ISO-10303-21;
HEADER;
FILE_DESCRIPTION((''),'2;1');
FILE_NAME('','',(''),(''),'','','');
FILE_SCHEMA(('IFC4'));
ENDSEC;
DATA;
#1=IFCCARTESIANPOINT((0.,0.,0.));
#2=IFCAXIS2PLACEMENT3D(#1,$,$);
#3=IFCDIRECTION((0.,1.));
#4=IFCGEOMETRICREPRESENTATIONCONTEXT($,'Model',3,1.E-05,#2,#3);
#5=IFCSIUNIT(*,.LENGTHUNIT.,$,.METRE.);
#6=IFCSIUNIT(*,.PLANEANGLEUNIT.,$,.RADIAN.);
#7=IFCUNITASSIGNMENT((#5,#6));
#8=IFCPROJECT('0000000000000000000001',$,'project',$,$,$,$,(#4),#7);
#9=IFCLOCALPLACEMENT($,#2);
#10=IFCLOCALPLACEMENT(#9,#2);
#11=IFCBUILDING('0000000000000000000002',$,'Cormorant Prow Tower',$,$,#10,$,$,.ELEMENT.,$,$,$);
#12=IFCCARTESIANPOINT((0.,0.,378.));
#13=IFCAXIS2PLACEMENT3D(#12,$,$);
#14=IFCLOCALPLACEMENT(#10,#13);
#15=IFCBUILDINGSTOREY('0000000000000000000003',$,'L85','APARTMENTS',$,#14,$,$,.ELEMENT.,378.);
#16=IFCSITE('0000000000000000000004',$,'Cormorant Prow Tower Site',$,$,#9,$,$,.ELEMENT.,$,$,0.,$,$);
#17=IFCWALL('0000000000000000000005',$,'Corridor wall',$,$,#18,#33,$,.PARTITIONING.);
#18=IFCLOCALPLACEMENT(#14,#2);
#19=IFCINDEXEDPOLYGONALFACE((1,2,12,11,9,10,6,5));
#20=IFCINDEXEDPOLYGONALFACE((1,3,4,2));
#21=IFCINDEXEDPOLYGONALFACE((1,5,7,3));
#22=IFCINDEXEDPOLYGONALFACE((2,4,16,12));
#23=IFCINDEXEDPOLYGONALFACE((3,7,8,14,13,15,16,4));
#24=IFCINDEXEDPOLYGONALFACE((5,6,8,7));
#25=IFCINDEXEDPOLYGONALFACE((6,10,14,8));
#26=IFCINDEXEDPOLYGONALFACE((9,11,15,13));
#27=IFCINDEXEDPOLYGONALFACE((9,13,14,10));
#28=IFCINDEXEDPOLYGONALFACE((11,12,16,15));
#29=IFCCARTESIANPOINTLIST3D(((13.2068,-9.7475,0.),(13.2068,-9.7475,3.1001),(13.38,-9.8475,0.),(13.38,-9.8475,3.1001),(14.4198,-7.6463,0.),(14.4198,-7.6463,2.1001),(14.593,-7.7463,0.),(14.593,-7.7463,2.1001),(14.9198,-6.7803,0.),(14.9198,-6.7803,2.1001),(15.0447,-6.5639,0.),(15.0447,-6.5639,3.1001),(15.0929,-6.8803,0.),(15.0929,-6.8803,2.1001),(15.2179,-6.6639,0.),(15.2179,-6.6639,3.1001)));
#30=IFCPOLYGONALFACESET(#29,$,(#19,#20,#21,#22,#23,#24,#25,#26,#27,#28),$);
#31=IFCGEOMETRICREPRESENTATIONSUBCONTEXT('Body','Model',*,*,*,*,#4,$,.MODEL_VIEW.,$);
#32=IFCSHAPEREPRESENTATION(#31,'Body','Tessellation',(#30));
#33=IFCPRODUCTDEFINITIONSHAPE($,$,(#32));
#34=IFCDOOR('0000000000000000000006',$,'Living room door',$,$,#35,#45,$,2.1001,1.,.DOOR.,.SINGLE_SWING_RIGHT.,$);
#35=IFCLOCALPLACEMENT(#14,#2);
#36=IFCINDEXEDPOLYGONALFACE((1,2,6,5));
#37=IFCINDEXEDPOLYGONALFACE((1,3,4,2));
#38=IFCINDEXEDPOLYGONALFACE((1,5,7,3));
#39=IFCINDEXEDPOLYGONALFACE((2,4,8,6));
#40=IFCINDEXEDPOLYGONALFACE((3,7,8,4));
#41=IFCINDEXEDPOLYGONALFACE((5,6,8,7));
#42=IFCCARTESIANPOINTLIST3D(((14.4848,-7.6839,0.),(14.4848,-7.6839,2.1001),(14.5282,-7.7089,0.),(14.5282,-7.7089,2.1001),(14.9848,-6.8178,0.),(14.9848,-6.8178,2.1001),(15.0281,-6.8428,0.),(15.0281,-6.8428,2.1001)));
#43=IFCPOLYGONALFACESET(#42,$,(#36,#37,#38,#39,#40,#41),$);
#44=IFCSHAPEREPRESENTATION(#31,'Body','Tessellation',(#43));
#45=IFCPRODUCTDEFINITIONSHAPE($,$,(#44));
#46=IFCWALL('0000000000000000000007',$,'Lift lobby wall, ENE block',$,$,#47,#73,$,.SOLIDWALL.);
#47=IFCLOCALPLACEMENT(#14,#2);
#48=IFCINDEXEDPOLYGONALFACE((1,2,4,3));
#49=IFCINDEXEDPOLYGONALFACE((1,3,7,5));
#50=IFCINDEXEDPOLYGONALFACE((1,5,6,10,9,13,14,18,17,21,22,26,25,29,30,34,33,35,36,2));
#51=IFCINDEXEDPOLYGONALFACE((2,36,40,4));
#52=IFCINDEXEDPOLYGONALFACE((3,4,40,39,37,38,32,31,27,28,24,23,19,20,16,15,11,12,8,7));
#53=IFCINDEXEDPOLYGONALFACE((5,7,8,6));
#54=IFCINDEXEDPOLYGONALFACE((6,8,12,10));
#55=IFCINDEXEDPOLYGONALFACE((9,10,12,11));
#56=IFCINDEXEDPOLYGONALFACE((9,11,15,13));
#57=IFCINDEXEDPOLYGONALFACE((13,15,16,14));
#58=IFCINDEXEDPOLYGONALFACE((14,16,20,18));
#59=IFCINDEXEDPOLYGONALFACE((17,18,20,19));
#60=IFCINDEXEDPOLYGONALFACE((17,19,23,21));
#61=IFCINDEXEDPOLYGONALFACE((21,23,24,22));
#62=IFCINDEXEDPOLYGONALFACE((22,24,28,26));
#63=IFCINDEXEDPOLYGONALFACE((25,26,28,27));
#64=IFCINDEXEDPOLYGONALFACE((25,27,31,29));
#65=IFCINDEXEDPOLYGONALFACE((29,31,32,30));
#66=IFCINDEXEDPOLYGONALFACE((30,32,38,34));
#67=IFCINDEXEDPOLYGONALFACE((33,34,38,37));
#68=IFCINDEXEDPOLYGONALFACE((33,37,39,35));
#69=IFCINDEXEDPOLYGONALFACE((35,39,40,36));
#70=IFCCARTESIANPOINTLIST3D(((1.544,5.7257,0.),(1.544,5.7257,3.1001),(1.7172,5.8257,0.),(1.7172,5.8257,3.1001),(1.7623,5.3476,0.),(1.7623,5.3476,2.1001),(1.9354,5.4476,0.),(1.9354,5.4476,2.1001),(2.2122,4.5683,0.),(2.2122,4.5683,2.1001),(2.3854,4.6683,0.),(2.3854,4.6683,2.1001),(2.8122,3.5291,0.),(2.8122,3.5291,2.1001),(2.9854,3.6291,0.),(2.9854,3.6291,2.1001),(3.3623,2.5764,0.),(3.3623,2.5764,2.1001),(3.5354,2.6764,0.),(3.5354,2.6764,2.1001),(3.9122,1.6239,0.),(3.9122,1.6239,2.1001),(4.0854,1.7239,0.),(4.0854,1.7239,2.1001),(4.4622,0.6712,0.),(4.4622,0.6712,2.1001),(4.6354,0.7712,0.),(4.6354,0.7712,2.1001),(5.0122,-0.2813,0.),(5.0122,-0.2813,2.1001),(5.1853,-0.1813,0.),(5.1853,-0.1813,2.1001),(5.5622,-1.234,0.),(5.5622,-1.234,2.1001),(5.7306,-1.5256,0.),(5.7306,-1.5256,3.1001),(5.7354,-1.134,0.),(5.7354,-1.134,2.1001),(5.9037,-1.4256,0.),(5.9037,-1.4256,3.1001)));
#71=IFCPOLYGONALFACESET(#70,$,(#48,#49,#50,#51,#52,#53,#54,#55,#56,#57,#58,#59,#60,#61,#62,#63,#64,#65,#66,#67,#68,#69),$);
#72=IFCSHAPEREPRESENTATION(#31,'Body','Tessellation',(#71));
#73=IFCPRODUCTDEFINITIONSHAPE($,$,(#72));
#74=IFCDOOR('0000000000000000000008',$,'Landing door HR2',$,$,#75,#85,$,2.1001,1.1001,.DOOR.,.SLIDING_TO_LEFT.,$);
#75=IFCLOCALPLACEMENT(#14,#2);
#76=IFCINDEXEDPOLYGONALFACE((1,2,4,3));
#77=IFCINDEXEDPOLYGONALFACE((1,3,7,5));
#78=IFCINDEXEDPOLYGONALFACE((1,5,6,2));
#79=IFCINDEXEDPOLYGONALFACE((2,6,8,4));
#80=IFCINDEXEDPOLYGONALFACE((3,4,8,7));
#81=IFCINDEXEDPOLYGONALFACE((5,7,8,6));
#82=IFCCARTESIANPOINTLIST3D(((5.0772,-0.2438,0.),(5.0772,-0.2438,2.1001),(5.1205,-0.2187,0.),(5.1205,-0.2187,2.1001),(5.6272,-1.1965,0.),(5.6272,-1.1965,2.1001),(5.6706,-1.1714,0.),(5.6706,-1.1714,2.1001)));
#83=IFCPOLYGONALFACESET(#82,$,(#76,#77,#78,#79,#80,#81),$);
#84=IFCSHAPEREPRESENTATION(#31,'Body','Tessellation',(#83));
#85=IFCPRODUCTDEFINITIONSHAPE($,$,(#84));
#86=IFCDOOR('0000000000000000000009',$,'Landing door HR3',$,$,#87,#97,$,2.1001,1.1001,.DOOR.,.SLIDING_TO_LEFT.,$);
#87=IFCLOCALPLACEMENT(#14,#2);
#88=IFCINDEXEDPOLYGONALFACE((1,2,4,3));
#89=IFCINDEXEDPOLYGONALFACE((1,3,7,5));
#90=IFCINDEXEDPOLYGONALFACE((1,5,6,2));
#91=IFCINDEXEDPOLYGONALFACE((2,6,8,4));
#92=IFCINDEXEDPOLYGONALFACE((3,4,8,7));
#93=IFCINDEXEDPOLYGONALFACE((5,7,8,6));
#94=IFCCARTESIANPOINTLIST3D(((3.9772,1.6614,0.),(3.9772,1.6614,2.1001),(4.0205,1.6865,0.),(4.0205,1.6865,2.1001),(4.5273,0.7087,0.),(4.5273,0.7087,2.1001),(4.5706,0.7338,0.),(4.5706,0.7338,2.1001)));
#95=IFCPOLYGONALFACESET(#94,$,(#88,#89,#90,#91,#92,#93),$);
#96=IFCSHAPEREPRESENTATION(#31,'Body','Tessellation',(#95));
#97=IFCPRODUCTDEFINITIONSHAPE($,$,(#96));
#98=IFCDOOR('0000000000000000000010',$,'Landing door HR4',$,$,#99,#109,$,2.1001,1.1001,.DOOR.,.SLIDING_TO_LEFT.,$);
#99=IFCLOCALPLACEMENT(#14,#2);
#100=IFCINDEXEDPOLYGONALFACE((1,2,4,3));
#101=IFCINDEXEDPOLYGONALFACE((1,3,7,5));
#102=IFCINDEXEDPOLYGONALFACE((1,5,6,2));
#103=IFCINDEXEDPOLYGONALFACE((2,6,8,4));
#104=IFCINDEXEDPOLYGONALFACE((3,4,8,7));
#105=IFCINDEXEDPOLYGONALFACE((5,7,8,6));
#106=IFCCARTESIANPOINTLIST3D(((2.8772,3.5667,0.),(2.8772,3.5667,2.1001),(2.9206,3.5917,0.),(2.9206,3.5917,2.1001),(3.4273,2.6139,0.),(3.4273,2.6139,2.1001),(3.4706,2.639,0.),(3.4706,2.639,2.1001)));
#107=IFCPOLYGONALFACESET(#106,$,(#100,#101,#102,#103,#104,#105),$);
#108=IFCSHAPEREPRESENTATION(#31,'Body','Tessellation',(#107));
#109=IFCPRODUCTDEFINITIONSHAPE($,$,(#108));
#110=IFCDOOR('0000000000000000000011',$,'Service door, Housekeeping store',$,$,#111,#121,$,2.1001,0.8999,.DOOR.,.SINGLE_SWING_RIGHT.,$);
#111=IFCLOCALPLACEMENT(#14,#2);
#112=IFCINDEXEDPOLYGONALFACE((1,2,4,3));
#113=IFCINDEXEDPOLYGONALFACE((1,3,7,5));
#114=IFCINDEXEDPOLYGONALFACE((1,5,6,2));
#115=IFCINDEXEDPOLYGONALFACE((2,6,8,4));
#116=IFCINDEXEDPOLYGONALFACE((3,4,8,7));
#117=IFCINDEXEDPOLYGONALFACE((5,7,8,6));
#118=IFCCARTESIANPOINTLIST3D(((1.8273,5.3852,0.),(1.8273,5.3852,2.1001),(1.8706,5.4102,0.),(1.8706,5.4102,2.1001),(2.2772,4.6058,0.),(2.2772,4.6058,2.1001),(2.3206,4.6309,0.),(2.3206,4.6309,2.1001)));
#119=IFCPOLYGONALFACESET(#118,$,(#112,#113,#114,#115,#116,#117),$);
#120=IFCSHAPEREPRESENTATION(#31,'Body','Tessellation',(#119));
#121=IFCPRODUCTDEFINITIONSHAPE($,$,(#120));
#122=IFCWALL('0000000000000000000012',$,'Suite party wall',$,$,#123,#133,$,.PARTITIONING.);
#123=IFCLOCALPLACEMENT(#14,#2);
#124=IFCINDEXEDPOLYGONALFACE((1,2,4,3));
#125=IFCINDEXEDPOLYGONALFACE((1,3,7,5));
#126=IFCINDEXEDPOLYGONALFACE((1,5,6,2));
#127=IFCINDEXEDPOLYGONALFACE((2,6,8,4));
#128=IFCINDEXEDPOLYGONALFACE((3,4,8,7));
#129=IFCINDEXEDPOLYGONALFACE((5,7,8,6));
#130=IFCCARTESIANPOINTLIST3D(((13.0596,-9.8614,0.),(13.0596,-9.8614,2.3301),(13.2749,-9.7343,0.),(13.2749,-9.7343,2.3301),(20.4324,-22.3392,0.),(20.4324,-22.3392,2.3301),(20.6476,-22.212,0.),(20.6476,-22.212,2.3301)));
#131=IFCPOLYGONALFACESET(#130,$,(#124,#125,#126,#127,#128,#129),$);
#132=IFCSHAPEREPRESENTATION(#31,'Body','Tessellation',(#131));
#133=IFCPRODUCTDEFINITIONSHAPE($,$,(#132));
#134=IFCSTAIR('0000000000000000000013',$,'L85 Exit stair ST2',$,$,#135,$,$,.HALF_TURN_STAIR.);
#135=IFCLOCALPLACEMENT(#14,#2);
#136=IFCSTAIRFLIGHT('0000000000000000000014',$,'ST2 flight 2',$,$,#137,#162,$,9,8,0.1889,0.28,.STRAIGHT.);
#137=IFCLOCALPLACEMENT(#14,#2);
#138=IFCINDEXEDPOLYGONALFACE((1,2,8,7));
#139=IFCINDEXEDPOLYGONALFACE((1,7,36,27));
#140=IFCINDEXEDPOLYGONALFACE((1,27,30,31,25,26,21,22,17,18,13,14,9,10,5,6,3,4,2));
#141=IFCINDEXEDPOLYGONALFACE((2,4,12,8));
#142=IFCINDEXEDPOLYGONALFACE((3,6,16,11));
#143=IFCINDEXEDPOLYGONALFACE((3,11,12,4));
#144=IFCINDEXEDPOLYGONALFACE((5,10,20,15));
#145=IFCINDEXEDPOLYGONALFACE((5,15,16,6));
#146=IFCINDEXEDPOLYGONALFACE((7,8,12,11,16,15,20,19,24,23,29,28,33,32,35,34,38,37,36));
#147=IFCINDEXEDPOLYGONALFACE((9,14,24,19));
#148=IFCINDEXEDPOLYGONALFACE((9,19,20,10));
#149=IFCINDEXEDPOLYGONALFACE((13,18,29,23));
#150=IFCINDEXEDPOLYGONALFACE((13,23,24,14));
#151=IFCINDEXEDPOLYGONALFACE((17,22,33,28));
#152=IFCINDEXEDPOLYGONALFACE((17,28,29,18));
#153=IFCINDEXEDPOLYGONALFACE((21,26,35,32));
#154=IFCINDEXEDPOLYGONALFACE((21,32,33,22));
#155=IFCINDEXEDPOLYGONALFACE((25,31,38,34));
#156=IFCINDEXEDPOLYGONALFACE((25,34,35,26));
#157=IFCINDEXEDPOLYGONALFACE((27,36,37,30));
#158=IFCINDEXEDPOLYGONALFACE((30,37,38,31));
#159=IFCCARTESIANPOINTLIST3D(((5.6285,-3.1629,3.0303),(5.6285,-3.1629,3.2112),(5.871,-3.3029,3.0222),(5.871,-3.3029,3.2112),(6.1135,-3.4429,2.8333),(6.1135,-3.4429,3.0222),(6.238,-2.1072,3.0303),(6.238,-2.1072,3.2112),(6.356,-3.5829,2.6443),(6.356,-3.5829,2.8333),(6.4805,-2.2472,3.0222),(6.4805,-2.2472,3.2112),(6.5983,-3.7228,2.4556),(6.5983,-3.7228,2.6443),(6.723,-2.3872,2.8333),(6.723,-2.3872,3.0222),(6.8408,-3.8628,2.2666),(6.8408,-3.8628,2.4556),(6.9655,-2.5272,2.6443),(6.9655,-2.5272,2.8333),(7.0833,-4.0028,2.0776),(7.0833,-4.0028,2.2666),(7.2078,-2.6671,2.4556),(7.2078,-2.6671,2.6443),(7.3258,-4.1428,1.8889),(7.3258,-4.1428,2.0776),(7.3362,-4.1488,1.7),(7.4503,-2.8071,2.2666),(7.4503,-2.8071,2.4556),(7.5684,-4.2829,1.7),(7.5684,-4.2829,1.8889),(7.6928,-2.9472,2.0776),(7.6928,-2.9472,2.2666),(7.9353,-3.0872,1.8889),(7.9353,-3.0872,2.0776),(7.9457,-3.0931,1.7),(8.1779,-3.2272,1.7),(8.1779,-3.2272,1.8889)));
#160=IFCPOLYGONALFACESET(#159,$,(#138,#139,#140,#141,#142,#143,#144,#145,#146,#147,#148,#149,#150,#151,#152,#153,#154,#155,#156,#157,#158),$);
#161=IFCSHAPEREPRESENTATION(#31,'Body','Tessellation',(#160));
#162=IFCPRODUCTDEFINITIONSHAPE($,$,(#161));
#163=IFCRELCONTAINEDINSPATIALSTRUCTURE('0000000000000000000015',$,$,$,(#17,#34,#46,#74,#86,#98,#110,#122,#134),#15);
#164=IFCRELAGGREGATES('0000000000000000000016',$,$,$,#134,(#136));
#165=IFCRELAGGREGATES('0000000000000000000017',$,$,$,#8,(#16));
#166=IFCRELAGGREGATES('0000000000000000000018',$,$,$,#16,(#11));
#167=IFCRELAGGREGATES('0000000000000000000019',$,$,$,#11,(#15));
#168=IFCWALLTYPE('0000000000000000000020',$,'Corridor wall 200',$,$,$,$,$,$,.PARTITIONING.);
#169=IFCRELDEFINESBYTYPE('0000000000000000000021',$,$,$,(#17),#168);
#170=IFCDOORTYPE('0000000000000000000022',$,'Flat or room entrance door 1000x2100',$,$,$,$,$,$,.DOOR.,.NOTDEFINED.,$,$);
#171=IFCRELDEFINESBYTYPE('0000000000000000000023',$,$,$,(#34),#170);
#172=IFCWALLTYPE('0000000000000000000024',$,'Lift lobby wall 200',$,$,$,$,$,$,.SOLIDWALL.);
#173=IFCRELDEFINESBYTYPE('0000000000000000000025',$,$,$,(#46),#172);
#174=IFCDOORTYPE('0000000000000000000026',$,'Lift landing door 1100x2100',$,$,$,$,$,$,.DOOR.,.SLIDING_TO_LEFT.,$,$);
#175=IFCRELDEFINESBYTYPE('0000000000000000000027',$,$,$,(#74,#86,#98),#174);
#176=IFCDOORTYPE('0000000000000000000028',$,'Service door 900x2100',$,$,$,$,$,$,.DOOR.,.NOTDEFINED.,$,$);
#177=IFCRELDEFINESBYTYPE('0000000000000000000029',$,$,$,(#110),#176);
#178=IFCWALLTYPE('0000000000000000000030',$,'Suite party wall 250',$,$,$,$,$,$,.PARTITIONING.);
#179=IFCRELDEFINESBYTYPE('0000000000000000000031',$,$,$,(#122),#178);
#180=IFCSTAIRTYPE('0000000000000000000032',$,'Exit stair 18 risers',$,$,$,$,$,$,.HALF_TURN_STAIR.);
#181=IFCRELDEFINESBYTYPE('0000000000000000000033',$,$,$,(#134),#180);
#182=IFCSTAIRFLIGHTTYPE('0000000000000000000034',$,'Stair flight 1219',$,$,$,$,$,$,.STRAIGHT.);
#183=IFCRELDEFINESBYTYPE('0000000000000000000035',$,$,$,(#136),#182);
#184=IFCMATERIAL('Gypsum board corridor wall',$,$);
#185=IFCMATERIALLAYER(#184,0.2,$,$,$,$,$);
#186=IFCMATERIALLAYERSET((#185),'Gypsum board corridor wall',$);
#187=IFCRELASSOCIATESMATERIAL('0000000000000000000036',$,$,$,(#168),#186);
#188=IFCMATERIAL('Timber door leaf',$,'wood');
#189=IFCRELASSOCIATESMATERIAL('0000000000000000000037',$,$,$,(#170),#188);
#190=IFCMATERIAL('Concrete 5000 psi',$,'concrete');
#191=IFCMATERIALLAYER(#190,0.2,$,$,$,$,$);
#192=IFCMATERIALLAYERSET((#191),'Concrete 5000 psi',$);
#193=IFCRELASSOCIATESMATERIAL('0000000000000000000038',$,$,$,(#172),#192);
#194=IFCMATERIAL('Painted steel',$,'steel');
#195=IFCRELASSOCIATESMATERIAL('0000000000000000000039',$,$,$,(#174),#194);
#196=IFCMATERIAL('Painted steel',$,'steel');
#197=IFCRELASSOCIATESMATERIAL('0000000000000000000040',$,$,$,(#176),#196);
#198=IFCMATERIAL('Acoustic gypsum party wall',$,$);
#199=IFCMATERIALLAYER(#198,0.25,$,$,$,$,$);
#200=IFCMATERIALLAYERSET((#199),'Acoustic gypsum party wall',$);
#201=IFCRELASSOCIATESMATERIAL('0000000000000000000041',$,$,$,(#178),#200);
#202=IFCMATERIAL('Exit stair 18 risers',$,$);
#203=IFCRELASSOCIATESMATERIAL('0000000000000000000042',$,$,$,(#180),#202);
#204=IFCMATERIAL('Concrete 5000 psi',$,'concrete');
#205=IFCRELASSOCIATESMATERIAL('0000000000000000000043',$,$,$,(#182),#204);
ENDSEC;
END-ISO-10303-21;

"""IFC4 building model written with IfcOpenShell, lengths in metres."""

from ifc_helpers import new_model, si_unit, direction, frame, frame_2d, origin, place, context, subcontext, project, spatial, polyline, rectangle, outline, extrude, material, layer, layer_set, type_object, element, fill, aggregate, save


model = new_model("IFC4")

# Units and contexts
model_context = context("Model", 3, precision=1e-05, world=origin(), true_north=direction((0.0, 1.0)))
body_context = subcontext(model_context, "Body", "Model", "MODEL_VIEW")
ifc_project = project(units=[si_unit("LENGTHUNIT", "METRE"), si_unit("PLANEANGLEUNIT", "RADIAN")], contexts=[model_context])

# Site, building, storey
site_placement = place(None, origin())
site = spatial("IfcSite", under=ifc_project, at=site_placement, Name="Cormorant Prow Tower Site", CompositionType="ELEMENT", RefElevation=0.0)
building_placement = place(site_placement, origin())
building = spatial("IfcBuilding", under=site, at=building_placement, Name="Cormorant Prow Tower", CompositionType="ELEMENT")
storey_placement = place(building_placement, frame((0.0, 0.0, 378.0)))
storey = spatial("IfcBuildingStorey", under=building, at=storey_placement, Name="L85", Description="APARTMENTS", CompositionType="ELEMENT", Elevation=378.0)

# Shared definitions
ifc_material_1 = material(Name="Gypsum board corridor wall")
ifc_layer_1 = layer(ifc_material_1, 0.2)
ifc_layer_set_1 = layer_set([ifc_layer_1], Name="Gypsum board corridor wall")
wall_type_1 = type_object("IfcWallType", Name="Corridor wall 200", PredefinedType="PARTITIONING", material=ifc_layer_set_1)

# Wall, opening, door
wall_1_placement = place(storey_placement, frame((13.2935, -9.7974, 0.0), z_axis=(0.0, 0.0, 1.0), x_axis=(0.499968, 0.866044, 0.0)))
wall_1 = element("IfcWall", 1, at=wall_1_placement, inside=storey, type_object=wall_type_1, Name="Corridor wall", PredefinedType="PARTITIONING", context=body_context, shape_type="SweptSolid", body=[
    extrude(rectangle(XDim=3.676, YDim=0.2, at=frame_2d((1.8379, 0.0))), origin(), (0.0, 0.0, 1.0), 3.1001),
])
opening_1_placement = place(wall_1_placement, frame((2.426, 0.0, 0.0)))
opening_1 = element("IfcOpeningElement", 2, at=opening_1_placement, cuts=wall_1, PredefinedType="OPENING", context=body_context, shape_type="SweptSolid", body=[
    extrude(rectangle(XDim=1.0, YDim=2.1001, at=frame_2d((0.5, 1.05))), frame((0.0, 0.1099, 0.0), z_axis=(0.0, -1.0, 0.0), x_axis=(1.0, 0.0, 0.0)), (0.0, 0.0, 1.0), 0.22),
])
ifc_material_2 = material(Name="Timber door leaf", Category="wood")
door_type_1 = type_object("IfcDoorType", Name="Flat or room entrance door 1000x2100", OperationType="NOTDEFINED", PredefinedType="DOOR", material=ifc_material_2)
door_1_placement = place(opening_1_placement, origin())
door_1 = element("IfcDoor", 3, at=door_1_placement, inside=storey, type_object=door_type_1, Name="Living room door", OperationType="SINGLE_SWING_RIGHT", OverallHeight=2.1001, OverallWidth=1.0, PredefinedType="DOOR", context=body_context, shape_type="SweptSolid", body=[
    extrude(rectangle(XDim=1.0, YDim=2.1001, at=frame_2d((0.5, 1.05))), frame((0.0, 0.0249, 0.0), z_axis=(0.0, -1.0, 0.0), x_axis=(1.0, 0.0, 0.0)), (0.0, 0.0, 1.0), 0.05),
])
fill(opening_1, door_1)

# Wall, openings, doors
ifc_material_3 = material(Name="Concrete 5000 psi", Category="concrete")
ifc_layer_2 = layer(ifc_material_3, 0.2)
ifc_layer_set_2 = layer_set([ifc_layer_2], Name="Concrete 5000 psi")
wall_type_2 = type_object("IfcWallType", Name="Lift lobby wall 200", PredefinedType="SOLIDWALL", material=ifc_layer_set_2)
wall_2_placement = place(storey_placement, frame((5.8171, -1.4756, 0.0), z_axis=(0.0, 0.0, 1.0), x_axis=(-0.500003, 0.866024, 0.0)))
wall_2 = element("IfcWall", 4, at=wall_2_placement, inside=storey, type_object=wall_type_2, Name="Lift lobby wall, ENE block", PredefinedType="SOLIDWALL", context=body_context, shape_type="SweptSolid", body=[
    extrude(rectangle(XDim=8.373, YDim=0.2, at=frame_2d((4.1865, 0.0))), origin(), (0.0, 0.0, 1.0), 3.1001),
])
opening_2_placement = place(wall_2_placement, frame((0.3367, 0.0, 0.0)))
opening_2 = element("IfcOpeningElement", 5, at=opening_2_placement, cuts=wall_2, PredefinedType="OPENING", context=body_context, shape_type="SweptSolid", body=[
    extrude(rectangle(XDim=1.1001, YDim=2.1001, at=frame_2d((0.55, 1.05))), frame((0.0, 0.1099, 0.0), z_axis=(0.0, -1.0, 0.0), x_axis=(1.0, 0.0, 0.0)), (0.0, 0.0, 1.0), 0.22),
])
opening_3_placement = place(wall_2_placement, frame((2.5366, 0.0, 0.0)))
opening_3 = element("IfcOpeningElement", 6, at=opening_3_placement, cuts=wall_2, PredefinedType="OPENING", context=body_context, shape_type="SweptSolid", body=[
    extrude(rectangle(XDim=1.1001, YDim=2.1001, at=frame_2d((0.55, 1.05))), frame((0.0, 0.1099, 0.0), z_axis=(0.0, -1.0, 0.0), x_axis=(1.0, 0.0, 0.0)), (0.0, 0.0, 1.0), 0.22),
])
opening_4_placement = place(wall_2_placement, frame((4.7366, 0.0, 0.0)))
opening_4 = element("IfcOpeningElement", 7, at=opening_4_placement, cuts=wall_2, PredefinedType="OPENING", context=body_context, shape_type="SweptSolid", body=[
    extrude(rectangle(XDim=1.1001, YDim=2.1001, at=frame_2d((0.55, 1.05))), frame((0.0, 0.1099, 0.0), z_axis=(0.0, -1.0, 0.0), x_axis=(1.0, 0.0, 0.0)), (0.0, 0.0, 1.0), 0.22),
])
opening_5_placement = place(wall_2_placement, frame((7.0366, 0.0, 0.0)))
opening_5 = element("IfcOpeningElement", 8, at=opening_5_placement, cuts=wall_2, PredefinedType="OPENING", context=body_context, shape_type="SweptSolid", body=[
    extrude(rectangle(XDim=0.8999, YDim=2.1001, at=frame_2d((0.45, 1.05))), frame((0.0, 0.1099, 0.0), z_axis=(0.0, -1.0, 0.0), x_axis=(1.0, 0.0, 0.0)), (0.0, 0.0, 1.0), 0.22),
])
ifc_material_4 = material(Name="Painted steel", Category="steel")
door_type_2 = type_object("IfcDoorType", Name="Lift landing door 1100x2100", OperationType="SLIDING_TO_LEFT", PredefinedType="DOOR", material=ifc_material_4)
door_2_placement = place(opening_2_placement, origin())
door_2 = element("IfcDoor", 9, at=door_2_placement, inside=storey, type_object=door_type_2, Name="Landing door HR2", OperationType="SLIDING_TO_LEFT", OverallHeight=2.1001, OverallWidth=1.1001, PredefinedType="DOOR", context=body_context, shape_type="SweptSolid", body=[
    extrude(rectangle(XDim=1.1001, YDim=2.1001, at=frame_2d((0.55, 1.05))), frame((0.0, 0.0249, 0.0), z_axis=(0.0, -1.0, 0.0), x_axis=(1.0, 0.0, 0.0)), (0.0, 0.0, 1.0), 0.05),
])
fill(opening_2, door_2)
door_3_placement = place(opening_3_placement, origin())
door_3 = element("IfcDoor", 10, at=door_3_placement, inside=storey, type_object=door_type_2, Name="Landing door HR3", OperationType="SLIDING_TO_LEFT", OverallHeight=2.1001, OverallWidth=1.1001, PredefinedType="DOOR", context=body_context, shape_type="SweptSolid", body=[
    extrude(rectangle(XDim=1.1001, YDim=2.1001, at=frame_2d((0.55, 1.05))), frame((0.0, 0.0249, 0.0), z_axis=(0.0, -1.0, 0.0), x_axis=(1.0, 0.0, 0.0)), (0.0, 0.0, 1.0), 0.05),
])
fill(opening_3, door_3)
door_4_placement = place(opening_4_placement, origin())
door_4 = element("IfcDoor", 11, at=door_4_placement, inside=storey, type_object=door_type_2, Name="Landing door HR4", OperationType="SLIDING_TO_LEFT", OverallHeight=2.1001, OverallWidth=1.1001, PredefinedType="DOOR", context=body_context, shape_type="SweptSolid", body=[
    extrude(rectangle(XDim=1.1001, YDim=2.1001, at=frame_2d((0.55, 1.05))), frame((0.0, 0.0249, 0.0), z_axis=(0.0, -1.0, 0.0), x_axis=(1.0, 0.0, 0.0)), (0.0, 0.0, 1.0), 0.05),
])
fill(opening_4, door_4)
ifc_material_5 = material(Name="Painted steel", Category="steel")
door_type_3 = type_object("IfcDoorType", Name="Service door 900x2100", OperationType="NOTDEFINED", PredefinedType="DOOR", material=ifc_material_5)
door_5_placement = place(opening_5_placement, origin())
door_5 = element("IfcDoor", 12, at=door_5_placement, inside=storey, type_object=door_type_3, Name="Service door, Housekeeping store", OperationType="SINGLE_SWING_RIGHT", OverallHeight=2.1001, OverallWidth=0.8999, PredefinedType="DOOR", context=body_context, shape_type="SweptSolid", body=[
    extrude(rectangle(XDim=0.8999, YDim=2.1001, at=frame_2d((0.45, 1.05))), frame((0.0, 0.0249, 0.0), z_axis=(0.0, -1.0, 0.0), x_axis=(1.0, 0.0, 0.0)), (0.0, 0.0, 1.0), 0.05),
])
fill(opening_5, door_5)

# Wall
ifc_material_6 = material(Name="Acoustic gypsum party wall")
ifc_layer_3 = layer(ifc_material_6, 0.25)
ifc_layer_set_3 = layer_set([ifc_layer_3], Name="Acoustic gypsum party wall")
wall_type_3 = type_object("IfcWallType", Name="Suite party wall 250", PredefinedType="PARTITIONING", material=ifc_layer_set_3)
wall_3_placement = place(storey_placement, frame((13.1672, -9.7979, 0.0), z_axis=(0.0, 0.0, 1.0), x_axis=(0.508707, -0.86094, 0.0)))
element("IfcWall", 13, at=wall_3_placement, inside=storey, type_object=wall_type_3, Name="Suite party wall", PredefinedType="PARTITIONING", context=body_context, shape_type="SweptSolid", body=[
    extrude(rectangle(XDim=14.4932, YDim=0.25, at=frame_2d((7.2466, 0.0))), origin(), (0.0, 0.0, 1.0), 2.3301),
])

# Stair, stair flight
ifc_material_7 = material(Name="Exit stair 18 risers")
stair_type = type_object("IfcStairType", Name="Exit stair 18 risers", PredefinedType="HALF_TURN_STAIR", material=ifc_material_7)
stair_placement = place(storey_placement, origin())
stair = element("IfcStair", 14, at=stair_placement, inside=storey, type_object=stair_type, Name="L85 Exit stair ST2", PredefinedType="HALF_TURN_STAIR")
ifc_material_8 = material(Name="Concrete 5000 psi", Category="concrete")
stair_flight_type = type_object("IfcStairFlightType", Name="Stair flight 1219", PredefinedType="STRAIGHT", material=ifc_material_8)
stair_flight_placement = place(storey_placement, frame((7.873, -3.7551, 1.7), z_axis=(0.0, 0.0, 1.0), x_axis=(-0.866025, 0.5, 0.0)))
stair_flight = element("IfcStairFlight", 15, at=stair_flight_placement, type_object=stair_flight_type, Name="ST2 flight 2", NumberOfRisers=9, NumberOfTreads=8, PredefinedType="STRAIGHT", RiserHeight=0.1889, TreadLength=0.28, context=body_context, shape_type="SweptSolid", body=[
    extrude(outline(polyline([(0.0, 0.0), (0.0, 0.189), (0.28, 0.189), (0.28, 0.3777), (0.5601, 0.3777), (0.5601, 0.5667), (0.8401, 0.5667), (0.8401, 0.7556), (1.1201, 0.7556), (1.1201, 0.9443), (1.3999, 0.9443), (1.3999, 1.1333), (1.6799, 1.1333), (1.6799, 1.3223), (1.96, 1.3223), (1.96, 1.5112), (2.24, 1.5112), (2.24, 1.7), (2.24, 1.3303), (0.2681, 0.0), (0.0, 0.0)])), frame((0.0, 0.6094, 0.0), z_axis=(0.0, -1.0, 0.0), x_axis=(1.0, 0.0, 0.0)), (0.0, 0.0, 1.0), 1.219),
])
aggregate(stair, [stair_flight])

save(model, "model.ifc")
